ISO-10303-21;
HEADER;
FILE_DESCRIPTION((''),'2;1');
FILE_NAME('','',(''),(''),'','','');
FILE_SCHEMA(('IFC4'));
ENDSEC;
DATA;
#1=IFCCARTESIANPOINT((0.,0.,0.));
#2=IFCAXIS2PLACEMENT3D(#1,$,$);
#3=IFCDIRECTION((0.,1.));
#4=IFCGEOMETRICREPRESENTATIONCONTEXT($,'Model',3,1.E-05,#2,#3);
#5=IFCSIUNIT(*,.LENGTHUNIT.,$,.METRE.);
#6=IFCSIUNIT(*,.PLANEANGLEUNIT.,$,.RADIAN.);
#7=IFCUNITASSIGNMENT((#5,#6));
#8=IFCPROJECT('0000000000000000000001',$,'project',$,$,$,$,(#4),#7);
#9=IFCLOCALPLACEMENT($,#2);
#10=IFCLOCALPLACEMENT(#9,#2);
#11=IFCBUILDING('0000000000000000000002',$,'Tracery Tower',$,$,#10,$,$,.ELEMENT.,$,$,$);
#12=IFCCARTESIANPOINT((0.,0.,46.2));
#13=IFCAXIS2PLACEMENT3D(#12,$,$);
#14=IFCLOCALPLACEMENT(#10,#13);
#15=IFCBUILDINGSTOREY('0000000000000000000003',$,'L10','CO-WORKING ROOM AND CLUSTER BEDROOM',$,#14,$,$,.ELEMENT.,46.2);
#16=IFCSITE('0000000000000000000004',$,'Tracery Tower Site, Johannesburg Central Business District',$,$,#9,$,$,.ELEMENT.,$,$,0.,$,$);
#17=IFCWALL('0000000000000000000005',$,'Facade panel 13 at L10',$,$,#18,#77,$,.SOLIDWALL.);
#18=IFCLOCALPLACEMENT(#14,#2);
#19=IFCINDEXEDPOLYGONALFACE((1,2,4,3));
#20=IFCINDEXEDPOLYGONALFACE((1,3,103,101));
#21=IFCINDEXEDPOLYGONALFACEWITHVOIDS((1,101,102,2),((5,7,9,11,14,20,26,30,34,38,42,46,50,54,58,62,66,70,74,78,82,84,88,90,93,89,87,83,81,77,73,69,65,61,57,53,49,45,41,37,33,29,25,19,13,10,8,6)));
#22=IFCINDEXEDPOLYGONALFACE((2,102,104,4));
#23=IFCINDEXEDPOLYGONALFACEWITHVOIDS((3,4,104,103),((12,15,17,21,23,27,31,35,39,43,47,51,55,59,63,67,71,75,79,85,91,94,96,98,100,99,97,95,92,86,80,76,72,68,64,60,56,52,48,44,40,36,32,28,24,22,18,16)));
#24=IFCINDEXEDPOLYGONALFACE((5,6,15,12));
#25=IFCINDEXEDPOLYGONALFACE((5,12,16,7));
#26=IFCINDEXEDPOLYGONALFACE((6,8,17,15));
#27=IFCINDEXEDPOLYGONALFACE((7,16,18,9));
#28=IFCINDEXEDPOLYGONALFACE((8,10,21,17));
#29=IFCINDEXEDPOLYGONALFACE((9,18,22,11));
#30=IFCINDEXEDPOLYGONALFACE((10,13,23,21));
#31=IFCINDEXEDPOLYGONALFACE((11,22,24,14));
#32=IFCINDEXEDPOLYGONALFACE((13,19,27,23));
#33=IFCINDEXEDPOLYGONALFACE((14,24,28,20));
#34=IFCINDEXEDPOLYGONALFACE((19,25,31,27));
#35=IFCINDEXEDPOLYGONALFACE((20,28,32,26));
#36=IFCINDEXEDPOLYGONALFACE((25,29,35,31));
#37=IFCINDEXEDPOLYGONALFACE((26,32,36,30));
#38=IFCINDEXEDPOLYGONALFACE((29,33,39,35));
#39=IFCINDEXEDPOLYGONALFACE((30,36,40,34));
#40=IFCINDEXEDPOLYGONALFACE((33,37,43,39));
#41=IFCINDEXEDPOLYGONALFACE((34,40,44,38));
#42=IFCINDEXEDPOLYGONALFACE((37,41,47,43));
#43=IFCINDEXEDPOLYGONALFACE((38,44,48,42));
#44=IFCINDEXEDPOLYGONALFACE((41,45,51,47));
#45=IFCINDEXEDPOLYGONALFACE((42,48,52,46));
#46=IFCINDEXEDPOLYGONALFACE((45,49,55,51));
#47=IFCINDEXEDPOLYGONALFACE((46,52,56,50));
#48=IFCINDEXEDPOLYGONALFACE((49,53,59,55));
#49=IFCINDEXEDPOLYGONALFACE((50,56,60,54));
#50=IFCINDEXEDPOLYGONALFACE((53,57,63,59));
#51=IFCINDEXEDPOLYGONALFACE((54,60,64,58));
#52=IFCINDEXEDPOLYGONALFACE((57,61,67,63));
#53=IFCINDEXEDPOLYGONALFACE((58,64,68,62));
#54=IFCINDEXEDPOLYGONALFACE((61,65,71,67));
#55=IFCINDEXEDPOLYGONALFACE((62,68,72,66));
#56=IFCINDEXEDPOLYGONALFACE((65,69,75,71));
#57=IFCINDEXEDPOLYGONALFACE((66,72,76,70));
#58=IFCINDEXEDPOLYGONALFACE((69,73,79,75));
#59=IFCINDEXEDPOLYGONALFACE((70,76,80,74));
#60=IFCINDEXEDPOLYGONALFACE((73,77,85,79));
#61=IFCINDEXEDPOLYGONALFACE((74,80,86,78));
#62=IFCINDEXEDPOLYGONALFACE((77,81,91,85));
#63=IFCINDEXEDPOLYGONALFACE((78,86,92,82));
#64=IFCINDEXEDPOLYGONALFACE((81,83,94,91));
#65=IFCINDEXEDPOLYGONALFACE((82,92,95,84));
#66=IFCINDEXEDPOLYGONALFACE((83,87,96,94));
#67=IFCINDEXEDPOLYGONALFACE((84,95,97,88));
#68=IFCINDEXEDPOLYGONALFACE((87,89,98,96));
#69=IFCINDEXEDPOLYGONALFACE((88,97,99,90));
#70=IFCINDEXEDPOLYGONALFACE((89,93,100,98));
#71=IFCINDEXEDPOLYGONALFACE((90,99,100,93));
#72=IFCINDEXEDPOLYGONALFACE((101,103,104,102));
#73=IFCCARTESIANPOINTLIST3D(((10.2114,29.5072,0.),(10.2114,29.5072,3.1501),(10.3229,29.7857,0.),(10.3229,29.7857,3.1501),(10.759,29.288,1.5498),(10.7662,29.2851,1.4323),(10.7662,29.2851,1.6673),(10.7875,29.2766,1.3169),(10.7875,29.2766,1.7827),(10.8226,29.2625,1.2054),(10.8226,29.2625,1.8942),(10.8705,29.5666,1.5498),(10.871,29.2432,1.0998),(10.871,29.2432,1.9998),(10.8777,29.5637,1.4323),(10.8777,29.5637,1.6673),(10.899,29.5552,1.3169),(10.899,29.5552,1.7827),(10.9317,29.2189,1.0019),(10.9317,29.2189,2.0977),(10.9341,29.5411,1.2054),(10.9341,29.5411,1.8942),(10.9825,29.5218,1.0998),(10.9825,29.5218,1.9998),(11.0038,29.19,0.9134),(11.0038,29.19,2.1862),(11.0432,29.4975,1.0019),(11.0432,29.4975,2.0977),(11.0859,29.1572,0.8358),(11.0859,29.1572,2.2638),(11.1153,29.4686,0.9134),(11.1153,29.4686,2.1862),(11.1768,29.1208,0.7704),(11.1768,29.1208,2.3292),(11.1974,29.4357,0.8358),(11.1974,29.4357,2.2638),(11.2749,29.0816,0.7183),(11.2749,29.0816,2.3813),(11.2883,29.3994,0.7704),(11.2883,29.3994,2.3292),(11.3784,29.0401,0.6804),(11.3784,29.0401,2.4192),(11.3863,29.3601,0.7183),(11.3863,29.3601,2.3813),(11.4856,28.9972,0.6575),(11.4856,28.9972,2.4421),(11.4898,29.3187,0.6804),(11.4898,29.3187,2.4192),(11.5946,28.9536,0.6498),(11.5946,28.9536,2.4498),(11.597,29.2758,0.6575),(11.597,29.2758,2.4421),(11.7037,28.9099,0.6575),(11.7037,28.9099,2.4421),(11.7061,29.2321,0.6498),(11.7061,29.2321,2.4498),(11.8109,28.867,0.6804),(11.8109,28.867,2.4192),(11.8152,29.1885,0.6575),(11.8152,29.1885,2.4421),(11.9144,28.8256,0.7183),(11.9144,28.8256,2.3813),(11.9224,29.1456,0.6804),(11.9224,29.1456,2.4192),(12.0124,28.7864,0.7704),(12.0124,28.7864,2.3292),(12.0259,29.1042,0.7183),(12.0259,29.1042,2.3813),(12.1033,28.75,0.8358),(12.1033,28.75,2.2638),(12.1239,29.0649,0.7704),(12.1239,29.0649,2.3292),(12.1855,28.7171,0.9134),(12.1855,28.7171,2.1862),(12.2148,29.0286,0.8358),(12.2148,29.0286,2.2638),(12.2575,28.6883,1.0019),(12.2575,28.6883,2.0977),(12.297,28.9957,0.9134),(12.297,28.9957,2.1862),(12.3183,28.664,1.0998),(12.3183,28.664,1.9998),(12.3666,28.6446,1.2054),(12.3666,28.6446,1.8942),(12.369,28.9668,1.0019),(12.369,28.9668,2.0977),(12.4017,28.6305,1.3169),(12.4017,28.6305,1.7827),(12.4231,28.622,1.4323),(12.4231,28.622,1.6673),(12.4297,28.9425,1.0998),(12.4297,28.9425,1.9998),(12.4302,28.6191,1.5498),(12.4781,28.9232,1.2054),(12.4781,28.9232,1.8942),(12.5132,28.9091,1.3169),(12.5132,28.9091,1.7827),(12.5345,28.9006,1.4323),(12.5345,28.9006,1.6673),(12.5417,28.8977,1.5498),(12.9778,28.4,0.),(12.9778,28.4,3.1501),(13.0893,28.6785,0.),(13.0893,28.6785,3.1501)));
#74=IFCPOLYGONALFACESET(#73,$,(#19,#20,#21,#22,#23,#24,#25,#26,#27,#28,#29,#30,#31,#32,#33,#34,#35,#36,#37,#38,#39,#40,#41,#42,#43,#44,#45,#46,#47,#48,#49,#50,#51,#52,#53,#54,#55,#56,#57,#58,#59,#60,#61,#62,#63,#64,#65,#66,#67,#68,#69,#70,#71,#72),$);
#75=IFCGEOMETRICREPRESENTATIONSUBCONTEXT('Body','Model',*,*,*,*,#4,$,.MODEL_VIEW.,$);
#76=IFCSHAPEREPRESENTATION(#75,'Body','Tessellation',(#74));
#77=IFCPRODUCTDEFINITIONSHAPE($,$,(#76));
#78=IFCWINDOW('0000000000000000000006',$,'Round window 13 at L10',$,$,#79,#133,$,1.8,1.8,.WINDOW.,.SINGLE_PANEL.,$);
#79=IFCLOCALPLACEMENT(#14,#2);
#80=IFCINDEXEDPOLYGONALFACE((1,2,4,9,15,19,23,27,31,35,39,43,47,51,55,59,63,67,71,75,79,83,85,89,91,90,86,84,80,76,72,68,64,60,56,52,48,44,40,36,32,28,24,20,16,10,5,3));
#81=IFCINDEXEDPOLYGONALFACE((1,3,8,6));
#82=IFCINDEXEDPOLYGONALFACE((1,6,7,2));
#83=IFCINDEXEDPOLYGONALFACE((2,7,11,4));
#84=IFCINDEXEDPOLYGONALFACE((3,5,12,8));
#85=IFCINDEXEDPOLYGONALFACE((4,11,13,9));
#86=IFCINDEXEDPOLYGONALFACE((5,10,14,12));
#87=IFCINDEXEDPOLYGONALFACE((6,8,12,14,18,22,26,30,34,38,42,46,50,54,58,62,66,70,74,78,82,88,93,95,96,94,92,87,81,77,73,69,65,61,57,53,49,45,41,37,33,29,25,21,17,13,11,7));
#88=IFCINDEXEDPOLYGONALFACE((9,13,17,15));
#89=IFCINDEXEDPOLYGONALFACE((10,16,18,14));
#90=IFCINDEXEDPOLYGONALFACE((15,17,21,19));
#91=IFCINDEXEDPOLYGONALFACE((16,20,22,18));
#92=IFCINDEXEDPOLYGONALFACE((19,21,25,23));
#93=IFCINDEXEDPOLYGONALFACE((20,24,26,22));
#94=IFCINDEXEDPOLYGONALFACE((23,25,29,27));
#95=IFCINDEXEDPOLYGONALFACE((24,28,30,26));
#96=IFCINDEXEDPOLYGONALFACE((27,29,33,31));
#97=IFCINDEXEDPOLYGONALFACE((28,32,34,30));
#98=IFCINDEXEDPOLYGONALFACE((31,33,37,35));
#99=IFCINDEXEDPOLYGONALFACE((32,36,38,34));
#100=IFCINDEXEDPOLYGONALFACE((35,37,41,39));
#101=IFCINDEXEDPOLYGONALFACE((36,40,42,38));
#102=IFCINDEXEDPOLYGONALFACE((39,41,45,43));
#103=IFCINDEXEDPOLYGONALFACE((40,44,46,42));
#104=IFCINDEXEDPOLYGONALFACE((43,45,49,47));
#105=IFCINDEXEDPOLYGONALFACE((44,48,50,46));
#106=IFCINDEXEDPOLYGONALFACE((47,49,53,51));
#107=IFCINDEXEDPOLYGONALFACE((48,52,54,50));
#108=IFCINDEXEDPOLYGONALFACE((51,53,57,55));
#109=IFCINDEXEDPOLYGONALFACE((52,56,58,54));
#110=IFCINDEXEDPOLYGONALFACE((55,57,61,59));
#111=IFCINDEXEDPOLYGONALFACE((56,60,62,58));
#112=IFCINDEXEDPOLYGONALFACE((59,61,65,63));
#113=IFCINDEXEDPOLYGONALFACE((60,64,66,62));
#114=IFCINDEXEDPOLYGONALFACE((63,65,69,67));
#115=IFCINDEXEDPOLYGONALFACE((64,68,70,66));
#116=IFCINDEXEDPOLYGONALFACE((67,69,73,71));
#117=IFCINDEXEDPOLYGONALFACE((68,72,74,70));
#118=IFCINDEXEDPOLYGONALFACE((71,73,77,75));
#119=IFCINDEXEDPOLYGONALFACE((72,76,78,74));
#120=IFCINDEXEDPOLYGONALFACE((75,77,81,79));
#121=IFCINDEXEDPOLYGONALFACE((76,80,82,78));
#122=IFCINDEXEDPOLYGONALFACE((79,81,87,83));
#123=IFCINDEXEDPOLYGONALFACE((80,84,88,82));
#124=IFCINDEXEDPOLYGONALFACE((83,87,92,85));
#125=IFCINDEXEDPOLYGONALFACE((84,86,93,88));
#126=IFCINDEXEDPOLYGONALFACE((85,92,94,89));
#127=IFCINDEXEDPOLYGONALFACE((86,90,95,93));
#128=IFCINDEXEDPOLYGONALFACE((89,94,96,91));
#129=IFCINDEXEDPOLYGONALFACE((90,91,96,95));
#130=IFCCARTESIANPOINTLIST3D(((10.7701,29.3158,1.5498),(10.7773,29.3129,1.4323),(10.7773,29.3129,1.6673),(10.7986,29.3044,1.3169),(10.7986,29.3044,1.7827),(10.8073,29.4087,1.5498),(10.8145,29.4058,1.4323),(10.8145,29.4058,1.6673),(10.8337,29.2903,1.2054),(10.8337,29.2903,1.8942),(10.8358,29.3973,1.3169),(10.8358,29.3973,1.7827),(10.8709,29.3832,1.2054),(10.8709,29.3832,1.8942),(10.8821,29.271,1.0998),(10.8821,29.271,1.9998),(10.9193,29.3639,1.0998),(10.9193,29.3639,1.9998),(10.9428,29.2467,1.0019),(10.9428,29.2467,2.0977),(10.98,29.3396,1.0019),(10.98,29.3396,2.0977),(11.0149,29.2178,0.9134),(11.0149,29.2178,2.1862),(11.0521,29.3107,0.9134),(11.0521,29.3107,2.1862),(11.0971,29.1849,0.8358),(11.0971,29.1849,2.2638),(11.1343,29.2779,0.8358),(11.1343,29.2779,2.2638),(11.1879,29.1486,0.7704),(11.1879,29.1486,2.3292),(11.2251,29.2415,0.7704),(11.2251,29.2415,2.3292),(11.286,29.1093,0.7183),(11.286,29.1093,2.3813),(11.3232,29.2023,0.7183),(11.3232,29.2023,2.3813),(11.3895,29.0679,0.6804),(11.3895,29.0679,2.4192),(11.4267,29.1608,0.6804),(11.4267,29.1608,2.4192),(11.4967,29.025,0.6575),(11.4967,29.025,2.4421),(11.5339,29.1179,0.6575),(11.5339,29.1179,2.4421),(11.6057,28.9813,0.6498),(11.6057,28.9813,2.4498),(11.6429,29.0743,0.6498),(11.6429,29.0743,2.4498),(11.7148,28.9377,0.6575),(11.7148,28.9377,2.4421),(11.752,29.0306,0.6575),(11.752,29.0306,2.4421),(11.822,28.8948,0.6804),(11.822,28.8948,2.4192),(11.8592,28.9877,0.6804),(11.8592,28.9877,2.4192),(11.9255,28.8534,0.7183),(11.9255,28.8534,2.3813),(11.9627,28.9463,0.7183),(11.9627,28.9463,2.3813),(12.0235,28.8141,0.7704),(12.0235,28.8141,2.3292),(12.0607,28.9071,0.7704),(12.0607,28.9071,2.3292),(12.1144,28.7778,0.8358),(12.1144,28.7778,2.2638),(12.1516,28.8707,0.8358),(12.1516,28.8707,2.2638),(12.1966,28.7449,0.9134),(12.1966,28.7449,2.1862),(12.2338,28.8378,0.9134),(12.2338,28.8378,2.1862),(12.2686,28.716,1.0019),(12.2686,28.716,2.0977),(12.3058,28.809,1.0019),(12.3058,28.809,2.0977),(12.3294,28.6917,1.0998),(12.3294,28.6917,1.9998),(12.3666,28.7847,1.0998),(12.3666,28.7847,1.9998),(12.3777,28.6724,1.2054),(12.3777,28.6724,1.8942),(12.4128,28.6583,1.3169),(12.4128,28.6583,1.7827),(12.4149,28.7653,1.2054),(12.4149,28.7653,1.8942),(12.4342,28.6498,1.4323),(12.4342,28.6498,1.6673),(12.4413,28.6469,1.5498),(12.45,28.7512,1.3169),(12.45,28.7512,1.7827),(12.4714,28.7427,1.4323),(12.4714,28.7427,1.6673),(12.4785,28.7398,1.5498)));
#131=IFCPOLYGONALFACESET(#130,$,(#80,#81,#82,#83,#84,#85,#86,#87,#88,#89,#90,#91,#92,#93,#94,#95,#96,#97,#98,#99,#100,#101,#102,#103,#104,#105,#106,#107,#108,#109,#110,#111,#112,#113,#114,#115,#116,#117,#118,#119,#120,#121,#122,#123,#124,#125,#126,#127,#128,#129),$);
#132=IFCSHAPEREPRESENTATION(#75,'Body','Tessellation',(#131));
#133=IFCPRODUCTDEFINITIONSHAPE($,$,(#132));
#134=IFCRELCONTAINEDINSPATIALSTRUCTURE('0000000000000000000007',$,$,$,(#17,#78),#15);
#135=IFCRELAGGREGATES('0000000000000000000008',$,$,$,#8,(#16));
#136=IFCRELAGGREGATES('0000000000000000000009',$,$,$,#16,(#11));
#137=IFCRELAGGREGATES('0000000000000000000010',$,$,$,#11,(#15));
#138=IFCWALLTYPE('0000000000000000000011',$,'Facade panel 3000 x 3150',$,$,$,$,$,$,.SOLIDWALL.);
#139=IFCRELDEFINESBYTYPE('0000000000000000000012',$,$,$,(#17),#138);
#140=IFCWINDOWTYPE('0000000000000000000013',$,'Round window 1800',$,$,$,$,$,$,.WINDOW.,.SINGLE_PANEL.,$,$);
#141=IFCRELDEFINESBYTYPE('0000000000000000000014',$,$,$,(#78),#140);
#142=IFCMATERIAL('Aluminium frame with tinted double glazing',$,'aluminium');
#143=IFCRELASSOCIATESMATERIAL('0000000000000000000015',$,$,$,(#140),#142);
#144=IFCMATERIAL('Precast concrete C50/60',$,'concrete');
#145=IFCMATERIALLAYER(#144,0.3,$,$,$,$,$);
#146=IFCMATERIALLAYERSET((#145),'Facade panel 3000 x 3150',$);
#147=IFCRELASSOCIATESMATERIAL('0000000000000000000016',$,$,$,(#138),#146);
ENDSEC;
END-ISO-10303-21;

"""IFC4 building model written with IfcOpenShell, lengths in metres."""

from ifc_helpers import new_model, si_unit, direction, frame, frame_2d, origin, origin_2d, place, context, subcontext, project, spatial, rectangle, circle, extrude, material, layer, layer_set, type_object, element, fill, save


model = new_model("IFC4")

# Units and contexts
model_context = context("Model", 3, precision=1e-05, world=origin(), true_north=direction((0.0, 1.0)))
body_context = subcontext(model_context, "Body", "Model", "MODEL_VIEW")
ifc_project = project(units=[si_unit("LENGTHUNIT", "METRE"), si_unit("PLANEANGLEUNIT", "RADIAN")], contexts=[model_context])

# Site, building, storey
site_placement = place(None, origin())
site = spatial("IfcSite", under=ifc_project, at=site_placement, Name="Tracery Tower Site, Johannesburg Central Business District", CompositionType="ELEMENT", RefElevation=0.0)
building_placement = place(site_placement, origin())
building = spatial("IfcBuilding", under=site, at=building_placement, Name="Tracery Tower", CompositionType="ELEMENT")
storey_placement = place(building_placement, frame((0.0, 0.0, 46.2)))
storey = spatial("IfcBuildingStorey", under=building, at=storey_placement, Name="L10", Description="CO-WORKING ROOM AND CLUSTER BEDROOM", CompositionType="ELEMENT", Elevation=46.2)

# Wall, opening, window
ifc_material_1 = material(Name="Aluminium frame with tinted double glazing", Category="aluminium")
window_type = type_object("IfcWindowType", Name="Round window 1800", PartitioningType="SINGLE_PANEL", PredefinedType="WINDOW", material=ifc_material_1)
ifc_material_2 = material(Name="Precast concrete C50/60", Category="concrete")
ifc_layer_1 = layer(ifc_material_2, 0.3)
ifc_layer_set_1 = layer_set([ifc_layer_1], Name="Facade panel 3000 x 3150")
wall_type_1 = type_object("IfcWallType", Name="Facade panel 3000 x 3150", PredefinedType="SOLIDWALL", material=ifc_layer_set_1)
wall_1_placement = place(storey_placement, frame((13.0334, 28.5393, 0.0), z_axis=(0.0, 0.0, 1.0), x_axis=(-0.928403, 0.371574, 0.0)))
wall_1 = element("IfcWall", 1, at=wall_1_placement, inside=storey, type_object=wall_type_1, Name="Facade panel 13 at L10", PredefinedType="SOLIDWALL", context=body_context, shape_type="SweptSolid", body=[
    extrude(rectangle(XDim=2.9797, YDim=0.3, at=frame_2d((1.4897, 0.0))), origin(), (0.0, 0.0, 1.0), 3.1501),
])
opening_1_placement = place(wall_1_placement, frame((1.4897, 0.0, 1.5498)))
opening_1 = element("IfcOpeningElement", 2, at=opening_1_placement, cuts=wall_1, PredefinedType="OPENING", context=body_context, shape_type="SweptSolid", body=[
    extrude(circle(Radius=0.9, at=origin_2d()), frame((0.0, 0.1599, 0.0), z_axis=(0.0, -1.0, 0.0), x_axis=(1.0, 0.0, 0.0)), (0.0, 0.0, 1.0), 0.3201),
])
window_1_placement = place(opening_1_placement, origin())
window_1 = element("IfcWindow", 3, at=window_1_placement, inside=storey, type_object=window_type, Name="Round window 13 at L10", OverallHeight=1.8, OverallWidth=1.8, PartitioningType="SINGLE_PANEL", PredefinedType="WINDOW", context=body_context, shape_type="SweptSolid", body=[
    extrude(circle(Radius=0.9, at=origin_2d()), frame((0.0, 0.1201, 0.0), z_axis=(0.0, -1.0, 0.0), x_axis=(1.0, 0.0, 0.0)), (0.0, 0.0, 1.0), 0.1001),
])
fill(opening_1, window_1)

save(model, "model.ifc")
